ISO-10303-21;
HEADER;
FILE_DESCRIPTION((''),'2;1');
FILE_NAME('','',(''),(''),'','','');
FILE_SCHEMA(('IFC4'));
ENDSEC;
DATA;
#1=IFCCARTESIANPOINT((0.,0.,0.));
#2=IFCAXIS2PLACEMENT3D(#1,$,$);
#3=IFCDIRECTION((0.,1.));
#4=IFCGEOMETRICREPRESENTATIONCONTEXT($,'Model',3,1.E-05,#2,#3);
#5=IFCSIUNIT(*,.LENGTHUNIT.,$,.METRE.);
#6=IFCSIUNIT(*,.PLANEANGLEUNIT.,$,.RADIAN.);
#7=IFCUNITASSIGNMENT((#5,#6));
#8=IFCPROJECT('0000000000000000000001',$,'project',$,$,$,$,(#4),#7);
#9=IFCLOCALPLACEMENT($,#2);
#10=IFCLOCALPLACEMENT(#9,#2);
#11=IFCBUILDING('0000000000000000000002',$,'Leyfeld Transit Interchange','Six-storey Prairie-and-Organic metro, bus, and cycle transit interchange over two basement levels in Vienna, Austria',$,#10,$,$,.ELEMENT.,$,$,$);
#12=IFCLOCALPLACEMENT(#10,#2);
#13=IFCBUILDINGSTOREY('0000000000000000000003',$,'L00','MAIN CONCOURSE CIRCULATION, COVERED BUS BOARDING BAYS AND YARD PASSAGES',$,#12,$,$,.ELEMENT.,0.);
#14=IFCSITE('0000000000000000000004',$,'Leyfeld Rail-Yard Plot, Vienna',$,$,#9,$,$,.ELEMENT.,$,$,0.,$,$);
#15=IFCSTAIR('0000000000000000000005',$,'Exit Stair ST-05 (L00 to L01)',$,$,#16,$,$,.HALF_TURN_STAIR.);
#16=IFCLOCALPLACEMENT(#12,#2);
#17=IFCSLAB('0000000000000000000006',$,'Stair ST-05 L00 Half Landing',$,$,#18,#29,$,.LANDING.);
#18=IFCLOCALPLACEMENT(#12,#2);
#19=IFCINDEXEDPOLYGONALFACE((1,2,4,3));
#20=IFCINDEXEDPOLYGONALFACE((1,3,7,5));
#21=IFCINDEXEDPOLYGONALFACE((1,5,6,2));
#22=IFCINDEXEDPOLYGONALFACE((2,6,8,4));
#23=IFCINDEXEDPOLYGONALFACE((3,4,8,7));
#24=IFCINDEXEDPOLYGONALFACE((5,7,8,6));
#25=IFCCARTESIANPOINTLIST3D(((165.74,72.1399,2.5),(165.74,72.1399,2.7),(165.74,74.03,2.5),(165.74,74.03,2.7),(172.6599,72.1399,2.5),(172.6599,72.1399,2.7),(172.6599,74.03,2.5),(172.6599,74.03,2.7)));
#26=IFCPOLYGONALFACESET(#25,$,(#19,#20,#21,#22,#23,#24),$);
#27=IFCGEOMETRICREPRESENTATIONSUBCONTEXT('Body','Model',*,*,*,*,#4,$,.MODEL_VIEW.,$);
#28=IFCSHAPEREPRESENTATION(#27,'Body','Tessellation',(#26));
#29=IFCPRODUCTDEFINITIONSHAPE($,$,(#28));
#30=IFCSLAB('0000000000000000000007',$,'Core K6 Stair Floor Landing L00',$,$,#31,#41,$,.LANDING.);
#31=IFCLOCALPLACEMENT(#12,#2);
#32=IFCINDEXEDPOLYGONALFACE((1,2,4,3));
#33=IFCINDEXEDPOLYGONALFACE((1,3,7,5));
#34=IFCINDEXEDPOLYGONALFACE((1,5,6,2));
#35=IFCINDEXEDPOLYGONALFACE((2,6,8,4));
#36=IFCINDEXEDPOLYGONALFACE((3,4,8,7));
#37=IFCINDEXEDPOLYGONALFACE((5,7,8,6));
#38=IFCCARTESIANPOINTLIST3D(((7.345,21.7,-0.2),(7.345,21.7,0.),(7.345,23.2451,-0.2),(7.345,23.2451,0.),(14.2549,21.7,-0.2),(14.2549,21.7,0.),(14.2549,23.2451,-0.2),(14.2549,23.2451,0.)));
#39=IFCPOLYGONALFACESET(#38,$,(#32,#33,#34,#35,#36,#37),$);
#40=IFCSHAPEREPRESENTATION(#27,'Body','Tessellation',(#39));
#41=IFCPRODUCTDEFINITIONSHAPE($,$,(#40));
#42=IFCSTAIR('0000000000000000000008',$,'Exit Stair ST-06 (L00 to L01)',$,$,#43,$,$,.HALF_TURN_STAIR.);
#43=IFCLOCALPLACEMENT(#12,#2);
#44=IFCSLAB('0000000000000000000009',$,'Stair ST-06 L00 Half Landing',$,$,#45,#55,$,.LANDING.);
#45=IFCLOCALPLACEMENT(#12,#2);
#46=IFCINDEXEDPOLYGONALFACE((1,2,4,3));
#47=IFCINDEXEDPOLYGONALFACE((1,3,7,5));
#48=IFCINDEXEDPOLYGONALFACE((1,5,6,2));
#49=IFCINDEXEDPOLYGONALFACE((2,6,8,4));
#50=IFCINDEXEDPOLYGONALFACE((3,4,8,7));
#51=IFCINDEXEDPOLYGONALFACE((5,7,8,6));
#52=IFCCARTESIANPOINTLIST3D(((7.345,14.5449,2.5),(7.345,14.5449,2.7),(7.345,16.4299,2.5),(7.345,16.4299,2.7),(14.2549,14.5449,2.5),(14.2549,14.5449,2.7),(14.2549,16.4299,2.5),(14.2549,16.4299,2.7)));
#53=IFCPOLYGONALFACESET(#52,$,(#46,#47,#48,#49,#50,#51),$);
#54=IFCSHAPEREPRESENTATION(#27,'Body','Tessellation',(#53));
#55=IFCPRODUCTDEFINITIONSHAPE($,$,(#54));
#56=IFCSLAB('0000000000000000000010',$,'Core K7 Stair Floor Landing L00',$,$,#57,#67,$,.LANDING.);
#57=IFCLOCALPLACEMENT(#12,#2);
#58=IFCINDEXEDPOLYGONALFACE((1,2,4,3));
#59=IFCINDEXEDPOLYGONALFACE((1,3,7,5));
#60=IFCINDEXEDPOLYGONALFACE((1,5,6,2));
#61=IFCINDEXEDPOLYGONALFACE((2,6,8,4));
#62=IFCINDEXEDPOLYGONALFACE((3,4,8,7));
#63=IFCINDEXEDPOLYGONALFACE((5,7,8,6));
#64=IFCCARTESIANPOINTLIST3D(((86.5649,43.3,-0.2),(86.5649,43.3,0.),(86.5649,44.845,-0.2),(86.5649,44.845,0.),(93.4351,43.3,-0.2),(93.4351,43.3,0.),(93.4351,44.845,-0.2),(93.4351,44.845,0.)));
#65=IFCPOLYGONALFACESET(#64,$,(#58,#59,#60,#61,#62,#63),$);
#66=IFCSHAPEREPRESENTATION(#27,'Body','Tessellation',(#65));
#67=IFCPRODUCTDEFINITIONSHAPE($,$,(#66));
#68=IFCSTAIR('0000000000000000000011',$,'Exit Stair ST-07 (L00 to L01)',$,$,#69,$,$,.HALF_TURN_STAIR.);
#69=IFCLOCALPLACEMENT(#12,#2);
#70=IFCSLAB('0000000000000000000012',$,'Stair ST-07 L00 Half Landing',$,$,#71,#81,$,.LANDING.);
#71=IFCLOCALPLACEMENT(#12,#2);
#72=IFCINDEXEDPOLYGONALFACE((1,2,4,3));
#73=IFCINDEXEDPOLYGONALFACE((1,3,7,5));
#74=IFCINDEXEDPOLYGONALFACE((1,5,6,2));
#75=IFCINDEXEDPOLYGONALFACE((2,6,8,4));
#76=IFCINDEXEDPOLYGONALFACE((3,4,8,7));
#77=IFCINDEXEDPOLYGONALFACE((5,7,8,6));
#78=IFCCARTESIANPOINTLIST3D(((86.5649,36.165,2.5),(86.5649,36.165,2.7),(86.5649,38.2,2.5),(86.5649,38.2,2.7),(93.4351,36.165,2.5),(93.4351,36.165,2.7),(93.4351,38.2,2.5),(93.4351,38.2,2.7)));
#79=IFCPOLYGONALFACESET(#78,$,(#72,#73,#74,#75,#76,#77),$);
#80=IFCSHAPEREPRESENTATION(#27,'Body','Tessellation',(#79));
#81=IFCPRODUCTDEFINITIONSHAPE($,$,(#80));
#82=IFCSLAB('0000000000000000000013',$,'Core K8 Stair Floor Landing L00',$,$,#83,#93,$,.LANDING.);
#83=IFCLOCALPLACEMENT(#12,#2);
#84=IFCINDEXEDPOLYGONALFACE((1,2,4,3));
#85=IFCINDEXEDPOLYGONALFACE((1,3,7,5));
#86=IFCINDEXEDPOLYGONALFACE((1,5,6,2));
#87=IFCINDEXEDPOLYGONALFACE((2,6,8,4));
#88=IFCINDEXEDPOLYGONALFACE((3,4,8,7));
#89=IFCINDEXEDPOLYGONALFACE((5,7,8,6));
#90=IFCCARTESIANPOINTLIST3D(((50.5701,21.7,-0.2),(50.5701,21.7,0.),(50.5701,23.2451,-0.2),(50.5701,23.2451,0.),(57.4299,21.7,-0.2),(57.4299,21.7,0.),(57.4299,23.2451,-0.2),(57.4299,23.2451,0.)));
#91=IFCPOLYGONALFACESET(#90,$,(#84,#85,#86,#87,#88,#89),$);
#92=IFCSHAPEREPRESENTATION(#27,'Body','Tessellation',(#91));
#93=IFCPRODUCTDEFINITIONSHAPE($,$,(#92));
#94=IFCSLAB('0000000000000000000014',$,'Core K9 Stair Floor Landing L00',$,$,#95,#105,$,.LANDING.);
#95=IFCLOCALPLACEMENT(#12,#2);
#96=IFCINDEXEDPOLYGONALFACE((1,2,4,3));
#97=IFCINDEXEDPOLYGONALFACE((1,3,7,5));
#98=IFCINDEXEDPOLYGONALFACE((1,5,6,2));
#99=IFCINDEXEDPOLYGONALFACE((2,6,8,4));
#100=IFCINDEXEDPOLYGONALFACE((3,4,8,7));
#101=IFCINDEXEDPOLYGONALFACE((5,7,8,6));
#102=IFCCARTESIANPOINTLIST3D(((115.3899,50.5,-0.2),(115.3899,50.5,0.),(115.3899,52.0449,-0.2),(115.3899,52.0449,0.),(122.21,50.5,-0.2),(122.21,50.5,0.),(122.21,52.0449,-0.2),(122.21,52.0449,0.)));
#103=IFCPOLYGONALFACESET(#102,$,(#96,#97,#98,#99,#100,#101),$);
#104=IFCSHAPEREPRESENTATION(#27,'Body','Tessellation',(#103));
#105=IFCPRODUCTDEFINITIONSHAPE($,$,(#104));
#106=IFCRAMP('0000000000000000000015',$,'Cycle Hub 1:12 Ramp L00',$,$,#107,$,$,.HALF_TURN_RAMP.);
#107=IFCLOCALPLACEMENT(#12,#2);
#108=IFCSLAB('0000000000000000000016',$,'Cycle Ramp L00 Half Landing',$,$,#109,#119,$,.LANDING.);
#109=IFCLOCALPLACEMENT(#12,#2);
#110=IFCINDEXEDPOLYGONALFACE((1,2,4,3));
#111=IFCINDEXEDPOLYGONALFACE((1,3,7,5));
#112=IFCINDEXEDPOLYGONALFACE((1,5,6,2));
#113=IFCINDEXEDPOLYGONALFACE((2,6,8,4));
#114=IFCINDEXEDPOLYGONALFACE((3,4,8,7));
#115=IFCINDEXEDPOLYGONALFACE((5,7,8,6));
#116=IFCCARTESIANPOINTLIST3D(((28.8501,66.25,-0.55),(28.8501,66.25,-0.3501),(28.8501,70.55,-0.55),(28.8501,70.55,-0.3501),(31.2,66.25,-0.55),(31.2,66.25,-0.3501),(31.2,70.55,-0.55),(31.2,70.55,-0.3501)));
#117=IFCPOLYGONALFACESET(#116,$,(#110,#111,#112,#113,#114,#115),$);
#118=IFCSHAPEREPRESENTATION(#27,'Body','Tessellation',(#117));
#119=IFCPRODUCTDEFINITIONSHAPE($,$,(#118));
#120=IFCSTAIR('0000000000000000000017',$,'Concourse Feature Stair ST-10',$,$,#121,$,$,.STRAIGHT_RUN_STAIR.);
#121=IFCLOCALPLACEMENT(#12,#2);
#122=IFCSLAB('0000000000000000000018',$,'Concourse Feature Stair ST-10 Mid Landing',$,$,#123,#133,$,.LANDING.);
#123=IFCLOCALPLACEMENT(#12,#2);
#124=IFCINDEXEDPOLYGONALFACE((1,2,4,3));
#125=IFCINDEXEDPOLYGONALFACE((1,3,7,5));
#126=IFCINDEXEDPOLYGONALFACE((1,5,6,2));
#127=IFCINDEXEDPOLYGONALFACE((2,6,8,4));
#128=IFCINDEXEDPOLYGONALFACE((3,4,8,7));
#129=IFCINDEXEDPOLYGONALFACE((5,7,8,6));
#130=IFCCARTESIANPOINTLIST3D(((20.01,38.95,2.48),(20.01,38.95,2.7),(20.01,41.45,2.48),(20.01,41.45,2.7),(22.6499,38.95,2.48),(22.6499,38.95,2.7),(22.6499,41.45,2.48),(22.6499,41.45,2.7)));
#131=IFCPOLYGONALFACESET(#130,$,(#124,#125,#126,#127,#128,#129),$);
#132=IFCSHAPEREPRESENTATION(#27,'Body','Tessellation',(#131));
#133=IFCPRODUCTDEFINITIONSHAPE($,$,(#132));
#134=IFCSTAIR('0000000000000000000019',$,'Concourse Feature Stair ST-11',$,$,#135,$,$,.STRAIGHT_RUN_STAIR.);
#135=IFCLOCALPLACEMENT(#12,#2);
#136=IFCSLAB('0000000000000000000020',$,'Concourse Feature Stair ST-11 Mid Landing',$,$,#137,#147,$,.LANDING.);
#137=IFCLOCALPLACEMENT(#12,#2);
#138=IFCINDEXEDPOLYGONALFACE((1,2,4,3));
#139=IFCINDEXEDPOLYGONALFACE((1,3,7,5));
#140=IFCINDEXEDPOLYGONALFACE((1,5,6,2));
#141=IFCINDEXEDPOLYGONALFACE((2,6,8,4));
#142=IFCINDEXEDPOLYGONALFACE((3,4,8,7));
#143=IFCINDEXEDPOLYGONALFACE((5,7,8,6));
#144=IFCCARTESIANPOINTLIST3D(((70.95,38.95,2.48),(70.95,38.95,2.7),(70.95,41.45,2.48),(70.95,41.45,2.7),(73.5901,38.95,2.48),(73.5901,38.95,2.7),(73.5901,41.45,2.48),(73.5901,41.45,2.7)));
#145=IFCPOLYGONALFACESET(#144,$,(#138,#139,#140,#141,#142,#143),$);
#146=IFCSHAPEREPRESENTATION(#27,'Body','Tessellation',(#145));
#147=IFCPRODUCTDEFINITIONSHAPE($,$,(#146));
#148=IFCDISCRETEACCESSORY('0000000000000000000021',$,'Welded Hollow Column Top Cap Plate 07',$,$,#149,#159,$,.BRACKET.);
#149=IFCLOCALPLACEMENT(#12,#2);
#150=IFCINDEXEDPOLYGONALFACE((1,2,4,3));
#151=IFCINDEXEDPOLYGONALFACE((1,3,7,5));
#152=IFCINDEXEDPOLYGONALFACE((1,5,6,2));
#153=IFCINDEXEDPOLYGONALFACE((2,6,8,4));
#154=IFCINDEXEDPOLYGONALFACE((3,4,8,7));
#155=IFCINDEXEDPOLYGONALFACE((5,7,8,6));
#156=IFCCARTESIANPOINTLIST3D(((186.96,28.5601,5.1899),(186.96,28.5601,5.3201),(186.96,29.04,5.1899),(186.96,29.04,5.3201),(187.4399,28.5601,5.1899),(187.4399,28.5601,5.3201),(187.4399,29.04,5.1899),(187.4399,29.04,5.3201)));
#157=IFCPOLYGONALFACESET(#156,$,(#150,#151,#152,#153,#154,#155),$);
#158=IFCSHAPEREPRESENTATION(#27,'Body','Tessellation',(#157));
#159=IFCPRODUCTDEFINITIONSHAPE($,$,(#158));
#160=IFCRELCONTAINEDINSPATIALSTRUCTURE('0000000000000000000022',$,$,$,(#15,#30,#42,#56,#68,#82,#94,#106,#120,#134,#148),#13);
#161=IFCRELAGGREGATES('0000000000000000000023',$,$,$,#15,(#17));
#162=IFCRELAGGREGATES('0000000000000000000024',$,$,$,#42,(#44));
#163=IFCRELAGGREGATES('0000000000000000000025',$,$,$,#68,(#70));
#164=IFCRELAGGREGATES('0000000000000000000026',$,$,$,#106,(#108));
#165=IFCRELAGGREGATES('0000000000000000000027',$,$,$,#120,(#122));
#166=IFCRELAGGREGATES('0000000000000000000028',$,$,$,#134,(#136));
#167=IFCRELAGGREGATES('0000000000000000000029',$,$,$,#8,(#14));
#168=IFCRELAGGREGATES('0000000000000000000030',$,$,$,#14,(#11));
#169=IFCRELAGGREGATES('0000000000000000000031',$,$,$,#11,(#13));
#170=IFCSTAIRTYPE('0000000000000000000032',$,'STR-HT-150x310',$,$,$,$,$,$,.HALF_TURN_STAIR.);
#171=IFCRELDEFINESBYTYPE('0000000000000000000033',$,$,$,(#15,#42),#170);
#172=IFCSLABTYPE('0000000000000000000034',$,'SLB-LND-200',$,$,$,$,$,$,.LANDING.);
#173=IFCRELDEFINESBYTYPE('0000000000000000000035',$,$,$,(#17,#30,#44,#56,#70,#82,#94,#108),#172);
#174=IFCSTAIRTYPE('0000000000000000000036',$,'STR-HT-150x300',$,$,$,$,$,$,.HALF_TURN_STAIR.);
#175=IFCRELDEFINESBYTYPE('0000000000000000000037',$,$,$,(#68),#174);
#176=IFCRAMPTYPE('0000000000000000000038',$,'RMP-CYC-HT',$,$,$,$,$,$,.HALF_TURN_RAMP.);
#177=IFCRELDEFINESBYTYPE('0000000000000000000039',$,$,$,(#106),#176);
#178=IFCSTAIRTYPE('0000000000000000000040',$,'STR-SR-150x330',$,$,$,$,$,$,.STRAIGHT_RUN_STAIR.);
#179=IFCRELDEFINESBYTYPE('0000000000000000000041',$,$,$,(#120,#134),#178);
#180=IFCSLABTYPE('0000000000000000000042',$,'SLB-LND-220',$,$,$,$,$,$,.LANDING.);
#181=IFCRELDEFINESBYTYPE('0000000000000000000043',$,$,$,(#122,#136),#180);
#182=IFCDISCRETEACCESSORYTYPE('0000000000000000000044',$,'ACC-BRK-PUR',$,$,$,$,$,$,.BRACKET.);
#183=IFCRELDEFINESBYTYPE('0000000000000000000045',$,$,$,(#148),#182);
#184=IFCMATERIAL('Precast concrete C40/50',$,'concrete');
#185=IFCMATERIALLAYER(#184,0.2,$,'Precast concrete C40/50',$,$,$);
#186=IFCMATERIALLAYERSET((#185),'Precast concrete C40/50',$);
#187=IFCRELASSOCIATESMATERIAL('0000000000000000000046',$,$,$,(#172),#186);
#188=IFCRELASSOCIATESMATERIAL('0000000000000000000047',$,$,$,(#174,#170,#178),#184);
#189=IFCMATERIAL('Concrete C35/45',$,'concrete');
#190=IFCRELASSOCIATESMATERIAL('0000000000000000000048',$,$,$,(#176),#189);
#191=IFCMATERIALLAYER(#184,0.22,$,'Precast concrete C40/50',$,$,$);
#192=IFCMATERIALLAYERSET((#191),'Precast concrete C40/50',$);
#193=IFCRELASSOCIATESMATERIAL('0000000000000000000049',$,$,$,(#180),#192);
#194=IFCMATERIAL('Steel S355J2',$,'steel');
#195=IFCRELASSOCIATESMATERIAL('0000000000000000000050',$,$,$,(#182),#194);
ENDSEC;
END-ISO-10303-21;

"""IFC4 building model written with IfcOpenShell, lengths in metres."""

from ifc_helpers import new_model, si_unit, direction, frame, origin, place, context, subcontext, project, spatial, polyline, outline, extrude, material, layer, layer_set, type_object, element, aggregate, save


model = new_model("IFC4")

# Units and contexts
model_context = context("Model", 3, precision=1e-05, world=origin(), true_north=direction((0.0, 1.0)))
body_context = subcontext(model_context, "Body", "Model", "MODEL_VIEW")
ifc_project = project(units=[si_unit("LENGTHUNIT", "METRE"), si_unit("PLANEANGLEUNIT", "RADIAN")], contexts=[model_context])

# Site, building, storey
site_placement = place(None, origin())
site = spatial("IfcSite", under=ifc_project, at=site_placement, Name="Leyfeld Rail-Yard Plot, Vienna", CompositionType="ELEMENT", RefElevation=0.0)
building_placement = place(site_placement, origin())
building = spatial("IfcBuilding", under=site, at=building_placement, Name="Leyfeld Transit Interchange", Description="Six-storey Prairie-and-Organic metro, bus, and cycle transit interchange over two basement levels in Vienna, Austria", CompositionType="ELEMENT")
storey_placement = place(building_placement, origin())
storey = spatial("IfcBuildingStorey", under=building, at=storey_placement, Name="L00", Description="MAIN CONCOURSE CIRCULATION, COVERED BUS BOARDING BAYS AND YARD PASSAGES", CompositionType="ELEMENT", Elevation=0.0)

# Shared definitions
ifc_material_1 = material(Name="Concrete C35/45", Category="concrete")

# Shared definitions
ifc_material_2 = material(Name="Steel S355J2", Category="steel")

# Shared definitions
ifc_material_3 = material(Name="Precast concrete C40/50", Category="concrete")
ifc_layer_1 = layer(ifc_material_3, 0.2, Name="Precast concrete C40/50")
ifc_layer_set_1 = layer_set([ifc_layer_1], Name="Precast concrete C40/50")
slab_type_1 = type_object("IfcSlabType", Name="SLB-LND-200", PredefinedType="LANDING", material=ifc_layer_set_1)

# Shared definitions
stair_type_1 = type_object("IfcStairType", Name="STR-HT-150x300", PredefinedType="HALF_TURN_STAIR", material=ifc_material_3)
stair_type_2 = type_object("IfcStairType", Name="STR-HT-150x310", PredefinedType="HALF_TURN_STAIR", material=ifc_material_3)

# Stair, slab
stair_1_placement = place(storey_placement, origin())
stair_1 = element("IfcStair", 1, at=stair_1_placement, inside=storey, type_object=stair_type_2, Name="Exit Stair ST-05 (L00 to L01)", PredefinedType="HALF_TURN_STAIR")
slab_1_placement = place(storey_placement, frame((0.0, 0.0, 2.5)))
slab_1 = element("IfcSlab", 2, at=slab_1_placement, type_object=slab_type_1, Name="Stair ST-05 L00 Half Landing", PredefinedType="LANDING", context=body_context, shape_type="SweptSolid", body=[
    extrude(outline(polyline([(165.74, 72.1399), (172.6599, 72.1399), (172.6599, 74.03), (165.74, 74.03), (165.74, 72.1399)])), origin(), (0.0, 0.0, 1.0), 0.2),
])
aggregate(stair_1, [slab_1])

# Slab
slab_2_placement = place(storey_placement, frame((0.0, 0.0, -0.2)))
element("IfcSlab", 3, at=slab_2_placement, inside=storey, type_object=slab_type_1, Name="Core K6 Stair Floor Landing L00", PredefinedType="LANDING", context=body_context, shape_type="SweptSolid", body=[
    extrude(outline(polyline([(7.345, 21.7), (14.2549, 21.7), (14.2549, 23.2451), (7.345, 23.2451), (7.345, 21.7)])), origin(), (0.0, 0.0, 1.0), 0.2),
])

# Stair, slab
stair_2_placement = place(storey_placement, origin())
stair_2 = element("IfcStair", 4, at=stair_2_placement, inside=storey, type_object=stair_type_2, Name="Exit Stair ST-06 (L00 to L01)", PredefinedType="HALF_TURN_STAIR")
slab_3_placement = place(storey_placement, frame((0.0, 0.0, 2.5)))
slab_3 = element("IfcSlab", 5, at=slab_3_placement, type_object=slab_type_1, Name="Stair ST-06 L00 Half Landing", PredefinedType="LANDING", context=body_context, shape_type="SweptSolid", body=[
    extrude(outline(polyline([(7.345, 14.5449), (14.2549, 14.5449), (14.2549, 16.4299), (7.345, 16.4299), (7.345, 14.5449)])), origin(), (0.0, 0.0, 1.0), 0.2),
])
aggregate(stair_2, [slab_3])

# Slab
slab_4_placement = place(storey_placement, frame((0.0, 0.0, -0.2)))
element("IfcSlab", 6, at=slab_4_placement, inside=storey, type_object=slab_type_1, Name="Core K7 Stair Floor Landing L00", PredefinedType="LANDING", context=body_context, shape_type="SweptSolid", body=[
    extrude(outline(polyline([(86.5649, 43.3), (93.4351, 43.3), (93.4351, 44.845), (86.5649, 44.845), (86.5649, 43.3)])), origin(), (0.0, 0.0, 1.0), 0.2),
])

# Stair, slab
stair_3_placement = place(storey_placement, origin())
stair_3 = element("IfcStair", 7, at=stair_3_placement, inside=storey, type_object=stair_type_1, Name="Exit Stair ST-07 (L00 to L01)", PredefinedType="HALF_TURN_STAIR")
slab_5_placement = place(storey_placement, frame((0.0, 0.0, 2.5)))
slab_5 = element("IfcSlab", 8, at=slab_5_placement, type_object=slab_type_1, Name="Stair ST-07 L00 Half Landing", PredefinedType="LANDING", context=body_context, shape_type="SweptSolid", body=[
    extrude(outline(polyline([(86.5649, 36.165), (93.4351, 36.165), (93.4351, 38.2), (86.5649, 38.2), (86.5649, 36.165)])), origin(), (0.0, 0.0, 1.0), 0.2),
])
aggregate(stair_3, [slab_5])

# Slabs
slab_6_placement = place(storey_placement, frame((0.0, 0.0, -0.2)))
element("IfcSlab", 9, at=slab_6_placement, inside=storey, type_object=slab_type_1, Name="Core K8 Stair Floor Landing L00", PredefinedType="LANDING", context=body_context, shape_type="SweptSolid", body=[
    extrude(outline(polyline([(50.5701, 21.7), (57.4299, 21.7), (57.4299, 23.2451), (50.5701, 23.2451), (50.5701, 21.7)])), origin(), (0.0, 0.0, 1.0), 0.2),
])
slab_7_placement = place(storey_placement, frame((0.0, 0.0, -0.2)))
element("IfcSlab", 10, at=slab_7_placement, inside=storey, type_object=slab_type_1, Name="Core K9 Stair Floor Landing L00", PredefinedType="LANDING", context=body_context, shape_type="SweptSolid", body=[
    extrude(outline(polyline([(115.3899, 50.5), (122.21, 50.5), (122.21, 52.0449), (115.3899, 52.0449), (115.3899, 50.5)])), origin(), (0.0, 0.0, 1.0), 0.2),
])

# Ramp, slab
ramp_type = type_object("IfcRampType", Name="RMP-CYC-HT", PredefinedType="HALF_TURN_RAMP", material=ifc_material_1)
ramp_placement = place(storey_placement, origin())
ramp = element("IfcRamp", 11, at=ramp_placement, inside=storey, type_object=ramp_type, Name="Cycle Hub 1:12 Ramp L00", PredefinedType="HALF_TURN_RAMP")
slab_8_placement = place(storey_placement, frame((0.0, 0.0, -0.55)))
slab_8 = element("IfcSlab", 12, at=slab_8_placement, type_object=slab_type_1, Name="Cycle Ramp L00 Half Landing", PredefinedType="LANDING", context=body_context, shape_type="SweptSolid", body=[
    extrude(outline(polyline([(28.8501, 66.25), (31.2, 66.25), (31.2, 70.55), (28.8501, 70.55), (28.8501, 66.25)])), origin(), (0.0, 0.0, 1.0), 0.2),
])
aggregate(ramp, [slab_8])

# Stairs, slabs
stair_type_3 = type_object("IfcStairType", Name="STR-SR-150x330", PredefinedType="STRAIGHT_RUN_STAIR", material=ifc_material_3)
stair_4_placement = place(storey_placement, origin())
stair_4 = element("IfcStair", 13, at=stair_4_placement, inside=storey, type_object=stair_type_3, Name="Concourse Feature Stair ST-10", PredefinedType="STRAIGHT_RUN_STAIR")
ifc_layer_2 = layer(ifc_material_3, 0.22, Name="Precast concrete C40/50")
ifc_layer_set_2 = layer_set([ifc_layer_2], Name="Precast concrete C40/50")
slab_type_2 = type_object("IfcSlabType", Name="SLB-LND-220", PredefinedType="LANDING", material=ifc_layer_set_2)
slab_9_placement = place(storey_placement, frame((0.0, 0.0, 2.48)))
slab_9 = element("IfcSlab", 14, at=slab_9_placement, type_object=slab_type_2, Name="Concourse Feature Stair ST-10 Mid Landing", PredefinedType="LANDING", context=body_context, shape_type="SweptSolid", body=[
    extrude(outline(polyline([(20.01, 38.95), (22.6499, 38.95), (22.6499, 41.45), (20.01, 41.45), (20.01, 38.95)])), origin(), (0.0, 0.0, 1.0), 0.22),
])
aggregate(stair_4, [slab_9])
stair_5_placement = place(storey_placement, origin())
stair_5 = element("IfcStair", 15, at=stair_5_placement, inside=storey, type_object=stair_type_3, Name="Concourse Feature Stair ST-11", PredefinedType="STRAIGHT_RUN_STAIR")
slab_10_placement = place(storey_placement, frame((0.0, 0.0, 2.48)))
slab_10 = element("IfcSlab", 16, at=slab_10_placement, type_object=slab_type_2, Name="Concourse Feature Stair ST-11 Mid Landing", PredefinedType="LANDING", context=body_context, shape_type="SweptSolid", body=[
    extrude(outline(polyline([(70.95, 38.95), (73.5901, 38.95), (73.5901, 41.45), (70.95, 41.45), (70.95, 38.95)])), origin(), (0.0, 0.0, 1.0), 0.22),
])
aggregate(stair_5, [slab_10])

# Discrete accessory
discrete_accessory_type = type_object("IfcDiscreteAccessoryType", Name="ACC-BRK-PUR", PredefinedType="BRACKET", material=ifc_material_2)
discrete_accessory_placement = place(storey_placement, frame((0.0, 0.0, 5.1899)))
element("IfcDiscreteAccessory", 17, at=discrete_accessory_placement, inside=storey, type_object=discrete_accessory_type, Name="Welded Hollow Column Top Cap Plate 07", PredefinedType="BRACKET", context=body_context, shape_type="SweptSolid", body=[
    extrude(outline(polyline([(186.96, 28.5601), (187.4399, 28.5601), (187.4399, 29.04), (186.96, 29.04), (186.96, 28.5601)])), origin(), (0.0, 0.0, 1.0), 0.1301),
])

save(model, "model.ifc")
